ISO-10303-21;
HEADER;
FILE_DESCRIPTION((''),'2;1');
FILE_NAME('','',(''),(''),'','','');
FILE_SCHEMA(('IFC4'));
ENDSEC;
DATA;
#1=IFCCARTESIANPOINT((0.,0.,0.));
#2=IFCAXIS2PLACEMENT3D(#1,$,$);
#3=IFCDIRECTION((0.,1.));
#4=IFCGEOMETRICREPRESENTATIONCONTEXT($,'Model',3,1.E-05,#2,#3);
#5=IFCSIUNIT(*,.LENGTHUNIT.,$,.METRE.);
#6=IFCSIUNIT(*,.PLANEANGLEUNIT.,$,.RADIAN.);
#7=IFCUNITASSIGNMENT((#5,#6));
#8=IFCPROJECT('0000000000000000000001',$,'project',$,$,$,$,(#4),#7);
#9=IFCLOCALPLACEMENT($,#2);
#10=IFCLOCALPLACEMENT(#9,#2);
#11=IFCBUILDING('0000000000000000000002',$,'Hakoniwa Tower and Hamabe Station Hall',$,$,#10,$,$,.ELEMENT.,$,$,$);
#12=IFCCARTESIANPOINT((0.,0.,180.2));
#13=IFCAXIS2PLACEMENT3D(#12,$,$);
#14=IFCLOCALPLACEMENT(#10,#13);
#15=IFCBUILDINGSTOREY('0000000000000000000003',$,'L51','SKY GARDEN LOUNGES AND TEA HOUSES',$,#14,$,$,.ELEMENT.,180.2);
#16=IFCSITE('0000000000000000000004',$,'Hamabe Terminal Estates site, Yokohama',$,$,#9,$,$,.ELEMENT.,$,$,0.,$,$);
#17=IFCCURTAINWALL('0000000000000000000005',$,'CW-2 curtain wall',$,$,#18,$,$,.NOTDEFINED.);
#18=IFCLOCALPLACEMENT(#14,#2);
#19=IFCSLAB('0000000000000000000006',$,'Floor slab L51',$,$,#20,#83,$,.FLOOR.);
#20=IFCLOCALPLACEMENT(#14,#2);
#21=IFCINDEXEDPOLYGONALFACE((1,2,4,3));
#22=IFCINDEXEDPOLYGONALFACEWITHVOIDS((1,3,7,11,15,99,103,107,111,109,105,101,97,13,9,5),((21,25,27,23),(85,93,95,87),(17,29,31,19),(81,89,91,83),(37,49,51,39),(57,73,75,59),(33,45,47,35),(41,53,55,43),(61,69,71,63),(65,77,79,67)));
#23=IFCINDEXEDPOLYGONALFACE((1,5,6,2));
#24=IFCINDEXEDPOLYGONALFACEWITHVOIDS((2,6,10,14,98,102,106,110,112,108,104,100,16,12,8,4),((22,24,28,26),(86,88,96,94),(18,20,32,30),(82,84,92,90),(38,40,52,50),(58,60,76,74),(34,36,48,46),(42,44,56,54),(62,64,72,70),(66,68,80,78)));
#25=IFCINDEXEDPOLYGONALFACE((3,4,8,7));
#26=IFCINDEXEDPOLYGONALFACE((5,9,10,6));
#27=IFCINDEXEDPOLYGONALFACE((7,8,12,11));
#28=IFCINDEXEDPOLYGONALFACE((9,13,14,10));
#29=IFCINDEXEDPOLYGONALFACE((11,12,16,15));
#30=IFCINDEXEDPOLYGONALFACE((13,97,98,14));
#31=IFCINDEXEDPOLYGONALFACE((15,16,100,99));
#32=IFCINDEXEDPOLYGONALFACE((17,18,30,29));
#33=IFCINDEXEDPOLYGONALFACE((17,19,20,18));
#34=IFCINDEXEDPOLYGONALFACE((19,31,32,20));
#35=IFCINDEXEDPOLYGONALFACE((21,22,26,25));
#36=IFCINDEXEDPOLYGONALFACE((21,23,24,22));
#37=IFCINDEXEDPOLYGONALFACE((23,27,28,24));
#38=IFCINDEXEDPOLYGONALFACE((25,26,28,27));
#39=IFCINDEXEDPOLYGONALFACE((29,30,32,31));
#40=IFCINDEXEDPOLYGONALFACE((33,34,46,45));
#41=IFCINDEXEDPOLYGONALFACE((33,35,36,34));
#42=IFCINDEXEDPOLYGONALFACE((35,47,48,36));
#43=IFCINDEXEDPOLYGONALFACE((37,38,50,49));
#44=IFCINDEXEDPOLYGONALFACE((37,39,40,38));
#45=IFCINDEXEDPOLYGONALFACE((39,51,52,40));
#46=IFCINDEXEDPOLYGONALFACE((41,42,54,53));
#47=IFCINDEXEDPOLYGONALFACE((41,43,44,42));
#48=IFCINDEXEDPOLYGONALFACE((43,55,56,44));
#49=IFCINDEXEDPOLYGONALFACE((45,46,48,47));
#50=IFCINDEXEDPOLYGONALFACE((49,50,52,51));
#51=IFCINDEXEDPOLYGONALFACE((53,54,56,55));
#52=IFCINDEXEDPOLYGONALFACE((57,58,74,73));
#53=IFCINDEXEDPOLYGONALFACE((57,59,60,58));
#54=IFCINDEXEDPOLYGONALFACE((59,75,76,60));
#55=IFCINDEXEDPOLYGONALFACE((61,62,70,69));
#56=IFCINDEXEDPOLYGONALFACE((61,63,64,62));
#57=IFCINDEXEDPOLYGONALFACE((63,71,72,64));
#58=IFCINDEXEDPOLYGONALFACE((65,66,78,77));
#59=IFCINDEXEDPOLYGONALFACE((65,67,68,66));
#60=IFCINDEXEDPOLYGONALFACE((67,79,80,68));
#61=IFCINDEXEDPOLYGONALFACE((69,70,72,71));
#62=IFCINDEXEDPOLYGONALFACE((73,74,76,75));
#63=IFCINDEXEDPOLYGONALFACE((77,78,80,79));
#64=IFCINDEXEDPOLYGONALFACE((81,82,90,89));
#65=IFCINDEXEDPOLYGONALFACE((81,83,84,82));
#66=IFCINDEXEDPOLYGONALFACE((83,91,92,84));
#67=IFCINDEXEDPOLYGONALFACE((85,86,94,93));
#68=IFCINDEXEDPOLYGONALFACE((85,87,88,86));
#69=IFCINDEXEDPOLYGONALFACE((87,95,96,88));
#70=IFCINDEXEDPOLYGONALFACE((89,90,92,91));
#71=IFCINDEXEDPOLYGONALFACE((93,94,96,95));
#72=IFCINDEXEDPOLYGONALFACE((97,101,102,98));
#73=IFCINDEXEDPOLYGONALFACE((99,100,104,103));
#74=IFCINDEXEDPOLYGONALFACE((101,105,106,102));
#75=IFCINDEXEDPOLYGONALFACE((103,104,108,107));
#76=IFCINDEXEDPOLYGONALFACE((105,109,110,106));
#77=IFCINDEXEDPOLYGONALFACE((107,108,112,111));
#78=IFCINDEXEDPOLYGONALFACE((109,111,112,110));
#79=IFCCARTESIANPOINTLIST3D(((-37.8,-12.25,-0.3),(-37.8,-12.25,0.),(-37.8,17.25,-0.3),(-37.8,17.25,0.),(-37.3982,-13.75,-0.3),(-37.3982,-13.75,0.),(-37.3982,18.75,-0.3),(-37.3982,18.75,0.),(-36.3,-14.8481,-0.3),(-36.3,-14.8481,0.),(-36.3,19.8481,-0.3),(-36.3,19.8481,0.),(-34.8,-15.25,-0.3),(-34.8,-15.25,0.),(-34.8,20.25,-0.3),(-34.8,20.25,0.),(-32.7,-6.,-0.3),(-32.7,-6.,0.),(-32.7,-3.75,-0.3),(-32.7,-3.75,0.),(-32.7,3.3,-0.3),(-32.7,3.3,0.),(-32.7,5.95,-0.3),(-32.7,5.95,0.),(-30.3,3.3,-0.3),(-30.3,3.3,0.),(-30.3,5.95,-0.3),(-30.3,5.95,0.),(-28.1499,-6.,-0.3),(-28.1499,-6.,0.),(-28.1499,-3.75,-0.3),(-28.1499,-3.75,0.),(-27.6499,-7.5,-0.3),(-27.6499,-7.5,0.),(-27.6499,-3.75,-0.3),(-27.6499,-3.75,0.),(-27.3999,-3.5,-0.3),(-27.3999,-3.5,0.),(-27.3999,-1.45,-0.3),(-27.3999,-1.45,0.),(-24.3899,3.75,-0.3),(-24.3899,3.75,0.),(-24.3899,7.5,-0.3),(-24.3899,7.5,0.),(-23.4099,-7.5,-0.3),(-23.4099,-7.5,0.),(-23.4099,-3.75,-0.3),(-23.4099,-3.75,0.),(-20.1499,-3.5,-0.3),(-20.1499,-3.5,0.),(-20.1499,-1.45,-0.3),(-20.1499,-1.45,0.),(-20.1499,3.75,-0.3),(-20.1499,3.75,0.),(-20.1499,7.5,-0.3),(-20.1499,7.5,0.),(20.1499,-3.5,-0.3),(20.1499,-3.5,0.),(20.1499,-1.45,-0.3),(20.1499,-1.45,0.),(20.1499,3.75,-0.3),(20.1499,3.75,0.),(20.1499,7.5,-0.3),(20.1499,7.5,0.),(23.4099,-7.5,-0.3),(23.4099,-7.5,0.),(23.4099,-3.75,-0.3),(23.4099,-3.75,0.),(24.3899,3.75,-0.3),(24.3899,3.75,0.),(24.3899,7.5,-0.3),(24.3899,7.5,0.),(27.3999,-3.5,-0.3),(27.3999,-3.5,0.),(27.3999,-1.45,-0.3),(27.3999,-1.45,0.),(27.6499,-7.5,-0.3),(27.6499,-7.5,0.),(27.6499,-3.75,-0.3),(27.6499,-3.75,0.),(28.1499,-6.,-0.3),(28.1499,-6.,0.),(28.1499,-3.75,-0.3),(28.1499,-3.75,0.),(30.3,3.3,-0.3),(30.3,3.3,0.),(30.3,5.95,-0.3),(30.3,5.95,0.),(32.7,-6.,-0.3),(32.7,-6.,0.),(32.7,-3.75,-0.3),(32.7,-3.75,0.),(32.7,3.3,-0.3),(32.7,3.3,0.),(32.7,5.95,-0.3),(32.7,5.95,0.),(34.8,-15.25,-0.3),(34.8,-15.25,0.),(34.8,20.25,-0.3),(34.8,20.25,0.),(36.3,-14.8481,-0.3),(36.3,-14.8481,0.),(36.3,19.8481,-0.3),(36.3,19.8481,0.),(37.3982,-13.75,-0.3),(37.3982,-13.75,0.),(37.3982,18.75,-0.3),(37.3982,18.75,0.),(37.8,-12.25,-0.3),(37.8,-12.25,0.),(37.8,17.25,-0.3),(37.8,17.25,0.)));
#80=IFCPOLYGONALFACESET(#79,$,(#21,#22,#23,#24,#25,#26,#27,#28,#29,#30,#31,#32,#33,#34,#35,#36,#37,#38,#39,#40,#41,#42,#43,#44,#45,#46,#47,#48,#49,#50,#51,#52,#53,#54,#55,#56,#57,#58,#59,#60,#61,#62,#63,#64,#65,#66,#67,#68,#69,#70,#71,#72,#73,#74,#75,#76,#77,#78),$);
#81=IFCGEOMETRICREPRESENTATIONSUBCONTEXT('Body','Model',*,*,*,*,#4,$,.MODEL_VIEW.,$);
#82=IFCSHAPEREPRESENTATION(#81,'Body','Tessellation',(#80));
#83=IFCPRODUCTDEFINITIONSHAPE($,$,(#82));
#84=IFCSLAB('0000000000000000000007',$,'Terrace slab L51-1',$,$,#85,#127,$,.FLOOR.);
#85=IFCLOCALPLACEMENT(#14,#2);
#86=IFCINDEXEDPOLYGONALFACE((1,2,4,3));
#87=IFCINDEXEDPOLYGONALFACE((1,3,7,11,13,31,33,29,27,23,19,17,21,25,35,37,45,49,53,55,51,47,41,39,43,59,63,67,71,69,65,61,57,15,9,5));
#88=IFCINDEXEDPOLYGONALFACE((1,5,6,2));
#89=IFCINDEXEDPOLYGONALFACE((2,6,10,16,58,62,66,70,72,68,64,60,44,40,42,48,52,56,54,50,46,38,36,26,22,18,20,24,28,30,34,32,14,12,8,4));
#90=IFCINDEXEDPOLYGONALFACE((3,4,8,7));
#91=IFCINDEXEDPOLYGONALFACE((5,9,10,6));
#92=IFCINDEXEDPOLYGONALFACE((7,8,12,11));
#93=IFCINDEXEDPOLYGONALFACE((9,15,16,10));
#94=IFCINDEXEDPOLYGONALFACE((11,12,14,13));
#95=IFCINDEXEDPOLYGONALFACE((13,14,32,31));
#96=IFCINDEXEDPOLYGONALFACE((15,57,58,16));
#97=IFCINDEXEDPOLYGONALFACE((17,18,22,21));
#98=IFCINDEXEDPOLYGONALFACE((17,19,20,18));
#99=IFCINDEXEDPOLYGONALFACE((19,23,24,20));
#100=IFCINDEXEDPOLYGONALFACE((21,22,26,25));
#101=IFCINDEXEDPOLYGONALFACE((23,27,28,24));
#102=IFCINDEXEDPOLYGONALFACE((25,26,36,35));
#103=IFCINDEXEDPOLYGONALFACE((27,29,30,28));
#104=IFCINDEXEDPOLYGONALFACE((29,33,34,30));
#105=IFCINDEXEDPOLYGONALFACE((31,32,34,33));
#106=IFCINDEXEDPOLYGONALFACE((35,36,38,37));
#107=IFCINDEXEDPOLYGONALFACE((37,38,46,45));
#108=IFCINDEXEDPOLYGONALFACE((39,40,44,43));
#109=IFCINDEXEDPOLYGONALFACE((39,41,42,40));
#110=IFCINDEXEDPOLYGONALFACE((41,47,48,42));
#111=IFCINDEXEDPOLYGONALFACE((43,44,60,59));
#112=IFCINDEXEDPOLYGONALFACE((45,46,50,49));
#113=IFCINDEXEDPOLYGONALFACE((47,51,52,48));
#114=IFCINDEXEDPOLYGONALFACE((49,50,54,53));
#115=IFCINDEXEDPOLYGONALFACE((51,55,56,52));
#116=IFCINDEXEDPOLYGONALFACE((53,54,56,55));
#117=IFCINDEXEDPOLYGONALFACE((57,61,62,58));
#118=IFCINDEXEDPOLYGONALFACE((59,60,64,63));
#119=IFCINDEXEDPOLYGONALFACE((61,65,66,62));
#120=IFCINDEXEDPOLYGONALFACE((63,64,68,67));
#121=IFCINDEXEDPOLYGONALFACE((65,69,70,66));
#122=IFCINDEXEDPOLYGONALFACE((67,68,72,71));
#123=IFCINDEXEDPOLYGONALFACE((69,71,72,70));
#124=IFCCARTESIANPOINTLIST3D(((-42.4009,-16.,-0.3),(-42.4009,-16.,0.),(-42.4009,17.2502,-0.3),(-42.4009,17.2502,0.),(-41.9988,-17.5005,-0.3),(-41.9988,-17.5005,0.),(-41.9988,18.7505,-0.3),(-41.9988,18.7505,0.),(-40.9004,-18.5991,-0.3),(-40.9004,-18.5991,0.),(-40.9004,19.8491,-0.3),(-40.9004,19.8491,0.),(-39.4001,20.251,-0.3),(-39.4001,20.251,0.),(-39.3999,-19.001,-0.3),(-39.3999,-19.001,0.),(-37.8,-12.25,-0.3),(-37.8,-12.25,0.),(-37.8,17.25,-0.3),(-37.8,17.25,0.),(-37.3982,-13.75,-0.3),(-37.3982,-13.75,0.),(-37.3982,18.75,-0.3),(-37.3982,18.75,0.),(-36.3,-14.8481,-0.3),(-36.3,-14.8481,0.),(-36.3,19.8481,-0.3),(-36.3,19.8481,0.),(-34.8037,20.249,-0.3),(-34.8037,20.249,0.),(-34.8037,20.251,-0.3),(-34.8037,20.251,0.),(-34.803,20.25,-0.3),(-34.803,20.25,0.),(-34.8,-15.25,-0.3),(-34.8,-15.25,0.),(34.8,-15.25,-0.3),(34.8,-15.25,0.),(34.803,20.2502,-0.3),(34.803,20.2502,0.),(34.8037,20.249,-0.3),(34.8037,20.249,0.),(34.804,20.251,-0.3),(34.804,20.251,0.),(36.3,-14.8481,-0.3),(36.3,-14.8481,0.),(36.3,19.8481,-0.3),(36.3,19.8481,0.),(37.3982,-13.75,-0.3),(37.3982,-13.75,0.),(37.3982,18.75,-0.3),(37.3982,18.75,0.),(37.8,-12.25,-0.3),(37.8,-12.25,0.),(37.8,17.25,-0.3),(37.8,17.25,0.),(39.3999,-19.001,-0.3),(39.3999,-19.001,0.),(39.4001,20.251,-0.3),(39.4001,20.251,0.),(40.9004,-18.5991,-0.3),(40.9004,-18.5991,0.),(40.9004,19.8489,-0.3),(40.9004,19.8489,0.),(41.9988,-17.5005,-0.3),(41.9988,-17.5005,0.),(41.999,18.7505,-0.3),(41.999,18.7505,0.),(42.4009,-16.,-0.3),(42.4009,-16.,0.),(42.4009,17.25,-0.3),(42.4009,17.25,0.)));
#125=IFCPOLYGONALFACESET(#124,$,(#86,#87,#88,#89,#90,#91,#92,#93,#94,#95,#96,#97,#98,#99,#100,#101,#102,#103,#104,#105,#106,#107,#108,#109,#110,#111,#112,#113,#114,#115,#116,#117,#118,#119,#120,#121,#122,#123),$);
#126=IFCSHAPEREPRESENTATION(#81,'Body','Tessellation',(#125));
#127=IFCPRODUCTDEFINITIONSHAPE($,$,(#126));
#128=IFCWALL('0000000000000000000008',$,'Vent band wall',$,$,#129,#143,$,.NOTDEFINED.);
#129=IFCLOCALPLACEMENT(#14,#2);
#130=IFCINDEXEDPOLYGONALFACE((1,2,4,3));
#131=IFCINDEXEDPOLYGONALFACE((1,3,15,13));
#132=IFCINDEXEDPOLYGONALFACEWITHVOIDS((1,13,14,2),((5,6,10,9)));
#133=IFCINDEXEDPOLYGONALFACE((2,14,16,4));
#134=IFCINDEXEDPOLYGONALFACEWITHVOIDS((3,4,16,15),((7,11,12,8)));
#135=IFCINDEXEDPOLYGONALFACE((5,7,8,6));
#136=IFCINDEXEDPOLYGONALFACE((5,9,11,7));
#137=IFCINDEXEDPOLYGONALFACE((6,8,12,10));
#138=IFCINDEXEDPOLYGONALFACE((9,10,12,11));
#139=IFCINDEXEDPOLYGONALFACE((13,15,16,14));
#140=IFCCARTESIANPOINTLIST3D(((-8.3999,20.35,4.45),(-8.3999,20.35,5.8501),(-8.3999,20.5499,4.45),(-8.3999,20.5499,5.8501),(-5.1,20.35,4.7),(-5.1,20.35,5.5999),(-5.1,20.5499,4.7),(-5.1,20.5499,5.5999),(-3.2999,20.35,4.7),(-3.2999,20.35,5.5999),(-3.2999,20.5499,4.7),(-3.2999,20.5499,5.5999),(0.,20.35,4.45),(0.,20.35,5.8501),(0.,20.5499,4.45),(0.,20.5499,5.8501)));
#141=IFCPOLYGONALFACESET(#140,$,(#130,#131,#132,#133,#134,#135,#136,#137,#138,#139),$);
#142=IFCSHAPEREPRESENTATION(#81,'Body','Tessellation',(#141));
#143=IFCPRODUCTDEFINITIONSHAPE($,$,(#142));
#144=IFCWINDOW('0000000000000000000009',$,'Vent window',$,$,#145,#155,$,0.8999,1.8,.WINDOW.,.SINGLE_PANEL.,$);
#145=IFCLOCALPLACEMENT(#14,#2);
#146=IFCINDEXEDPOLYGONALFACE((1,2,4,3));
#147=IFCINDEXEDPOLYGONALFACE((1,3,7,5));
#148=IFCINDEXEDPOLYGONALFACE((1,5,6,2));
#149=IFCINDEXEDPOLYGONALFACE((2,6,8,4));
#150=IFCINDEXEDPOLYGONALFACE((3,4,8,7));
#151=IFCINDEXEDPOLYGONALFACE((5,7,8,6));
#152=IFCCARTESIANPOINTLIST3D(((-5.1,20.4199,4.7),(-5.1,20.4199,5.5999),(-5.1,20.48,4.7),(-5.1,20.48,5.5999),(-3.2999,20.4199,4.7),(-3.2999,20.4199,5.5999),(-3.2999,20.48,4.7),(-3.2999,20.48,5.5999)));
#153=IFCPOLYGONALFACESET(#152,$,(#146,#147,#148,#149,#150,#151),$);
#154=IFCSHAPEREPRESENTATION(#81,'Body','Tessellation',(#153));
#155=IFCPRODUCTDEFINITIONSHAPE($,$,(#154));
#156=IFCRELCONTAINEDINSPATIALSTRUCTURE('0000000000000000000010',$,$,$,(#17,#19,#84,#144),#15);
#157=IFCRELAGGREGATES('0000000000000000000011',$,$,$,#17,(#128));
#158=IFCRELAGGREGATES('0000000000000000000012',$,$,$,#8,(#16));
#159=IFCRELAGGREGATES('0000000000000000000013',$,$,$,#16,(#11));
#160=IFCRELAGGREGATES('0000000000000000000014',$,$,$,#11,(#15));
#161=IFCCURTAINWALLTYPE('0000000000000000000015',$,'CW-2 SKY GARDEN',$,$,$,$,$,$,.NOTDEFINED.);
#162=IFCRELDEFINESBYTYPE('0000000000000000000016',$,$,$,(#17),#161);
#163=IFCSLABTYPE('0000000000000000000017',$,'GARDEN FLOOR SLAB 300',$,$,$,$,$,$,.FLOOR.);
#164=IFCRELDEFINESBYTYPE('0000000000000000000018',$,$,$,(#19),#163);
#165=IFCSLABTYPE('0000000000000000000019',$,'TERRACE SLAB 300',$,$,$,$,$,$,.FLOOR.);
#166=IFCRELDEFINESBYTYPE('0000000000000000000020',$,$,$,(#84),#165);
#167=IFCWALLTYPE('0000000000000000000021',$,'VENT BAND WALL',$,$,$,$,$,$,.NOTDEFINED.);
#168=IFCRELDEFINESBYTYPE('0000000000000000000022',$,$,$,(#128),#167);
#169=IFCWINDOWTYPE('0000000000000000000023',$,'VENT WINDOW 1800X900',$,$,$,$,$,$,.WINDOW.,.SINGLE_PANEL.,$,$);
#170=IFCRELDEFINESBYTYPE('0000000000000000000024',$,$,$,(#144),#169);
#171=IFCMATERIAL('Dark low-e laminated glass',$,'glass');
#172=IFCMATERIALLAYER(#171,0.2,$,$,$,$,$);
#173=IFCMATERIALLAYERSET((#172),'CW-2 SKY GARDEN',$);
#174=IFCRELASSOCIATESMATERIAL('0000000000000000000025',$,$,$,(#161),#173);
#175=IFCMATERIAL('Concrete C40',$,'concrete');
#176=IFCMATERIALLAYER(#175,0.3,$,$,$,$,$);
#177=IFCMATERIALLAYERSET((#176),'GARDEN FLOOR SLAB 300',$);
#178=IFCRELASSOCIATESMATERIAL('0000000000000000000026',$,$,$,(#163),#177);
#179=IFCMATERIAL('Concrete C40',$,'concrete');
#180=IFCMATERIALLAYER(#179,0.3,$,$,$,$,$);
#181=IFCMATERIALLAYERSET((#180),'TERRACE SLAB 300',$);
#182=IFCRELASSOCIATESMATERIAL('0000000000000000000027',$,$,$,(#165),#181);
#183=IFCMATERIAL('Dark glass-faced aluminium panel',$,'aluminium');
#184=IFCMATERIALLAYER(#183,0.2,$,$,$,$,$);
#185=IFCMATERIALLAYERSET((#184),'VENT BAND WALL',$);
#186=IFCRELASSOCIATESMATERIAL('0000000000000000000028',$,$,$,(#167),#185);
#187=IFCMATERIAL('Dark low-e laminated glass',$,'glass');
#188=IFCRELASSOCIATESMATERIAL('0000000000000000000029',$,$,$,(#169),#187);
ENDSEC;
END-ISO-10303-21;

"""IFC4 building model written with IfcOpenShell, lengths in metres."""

from ifc_helpers import new_model, si_unit, direction, frame, frame_2d, origin, place, context, subcontext, project, spatial, polyline, rectangle, outline, extrude, material, layer, layer_set, type_object, element, fill, aggregate, save


model = new_model("IFC4")

# Units and contexts
model_context = context("Model", 3, precision=1e-05, world=origin(), true_north=direction((0.0, 1.0)))
body_context = subcontext(model_context, "Body", "Model", "MODEL_VIEW")
ifc_project = project(units=[si_unit("LENGTHUNIT", "METRE"), si_unit("PLANEANGLEUNIT", "RADIAN")], contexts=[model_context])

# Site, building, storey
site_placement = place(None, origin())
site = spatial("IfcSite", under=ifc_project, at=site_placement, Name="Hamabe Terminal Estates site, Yokohama", CompositionType="ELEMENT", RefElevation=0.0)
building_placement = place(site_placement, origin())
building = spatial("IfcBuilding", under=site, at=building_placement, Name="Hakoniwa Tower and Hamabe Station Hall", CompositionType="ELEMENT")
storey_placement = place(building_placement, frame((0.0, 0.0, 180.2)))
storey = spatial("IfcBuildingStorey", under=building, at=storey_placement, Name="L51", Description="SKY GARDEN LOUNGES AND TEA HOUSES", CompositionType="ELEMENT", Elevation=180.2)

# Curtain wall
ifc_material_1 = material(Name="Dark low-e laminated glass", Category="glass")
ifc_layer_1 = layer(ifc_material_1, 0.2)
ifc_layer_set_1 = layer_set([ifc_layer_1], Name="CW-2 SKY GARDEN")
curtain_wall_type = type_object("IfcCurtainWallType", Name="CW-2 SKY GARDEN", PredefinedType="NOTDEFINED", material=ifc_layer_set_1)
curtain_wall_1_placement = place(storey_placement, origin())
curtain_wall_1 = element("IfcCurtainWall", 1, at=curtain_wall_1_placement, inside=storey, type_object=curtain_wall_type, Name="CW-2 curtain wall", PredefinedType="NOTDEFINED")

# Slabs
ifc_material_2 = material(Name="Concrete C40", Category="concrete")
ifc_layer_2 = layer(ifc_material_2, 0.3)
ifc_layer_set_2 = layer_set([ifc_layer_2], Name="GARDEN FLOOR SLAB 300")
slab_type_1 = type_object("IfcSlabType", Name="GARDEN FLOOR SLAB 300", PredefinedType="FLOOR", material=ifc_layer_set_2)
slab_1_placement = place(storey_placement, frame((0.0, 0.0, -0.3)))
element("IfcSlab", 2, at=slab_1_placement, inside=storey, type_object=slab_type_1, Name="Floor slab L51", PredefinedType="FLOOR", context=body_context, shape_type="SweptSolid", body=[
    extrude(outline(polyline([(37.8, -12.25), (37.8, 17.25), (37.3982, 18.75), (36.3, 19.8481), (34.8, 20.25), (-34.8, 20.25), (-36.3, 19.8481), (-37.3982, 18.75), (-37.8, 17.25), (-37.8, -12.25), (-37.3982, -13.75), (-36.3, -14.8481), (-34.8, -15.25), (34.8, -15.25), (36.3, -14.8481), (37.3982, -13.75), (37.8, -12.25)]), holes=[polyline([(-27.3999, -3.5), (-27.3999, -1.45), (-20.1499, -1.45), (-20.1499, -3.5), (-27.3999, -3.5)]), polyline([(-32.7, 3.3), (-32.7, 5.95), (-30.3, 5.95), (-30.3, 3.3), (-32.7, 3.3)]), polyline([(-32.7, -6.0), (-32.7, -3.75), (-28.1499, -3.75), (-28.1499, -6.0), (-32.7, -6.0)]), polyline([(-24.3899, 3.75), (-24.3899, 7.5), (-20.1499, 7.5), (-20.1499, 3.75), (-24.3899, 3.75)]), polyline([(-27.6499, -7.5), (-27.6499, -3.75), (-23.4099, -3.75), (-23.4099, -7.5), (-27.6499, -7.5)]), polyline([(20.1499, -3.5), (20.1499, -1.45), (27.3999, -1.45), (27.3999, -3.5), (20.1499, -3.5)]), polyline([(30.3, 3.3), (30.3, 5.95), (32.7, 5.95), (32.7, 3.3), (30.3, 3.3)]), polyline([(28.1499, -6.0), (28.1499, -3.75), (32.7, -3.75), (32.7, -6.0), (28.1499, -6.0)]), polyline([(20.1499, 3.75), (20.1499, 7.5), (24.3899, 7.5), (24.3899, 3.75), (20.1499, 3.75)]), polyline([(23.4099, -7.5), (23.4099, -3.75), (27.6499, -3.75), (27.6499, -7.5), (23.4099, -7.5)])]), origin(), (0.0, 0.0, 1.0), 0.3),
])
ifc_material_3 = material(Name="Concrete C40", Category="concrete")
ifc_layer_3 = layer(ifc_material_3, 0.3)
ifc_layer_set_3 = layer_set([ifc_layer_3], Name="TERRACE SLAB 300")
slab_type_2 = type_object("IfcSlabType", Name="TERRACE SLAB 300", PredefinedType="FLOOR", material=ifc_layer_set_3)
slab_2_placement = place(storey_placement, frame((0.0, 0.0, -0.3)))
element("IfcSlab", 3, at=slab_2_placement, inside=storey, type_object=slab_type_2, Name="Terrace slab L51-1", PredefinedType="FLOOR", context=body_context, shape_type="SweptSolid", body=[
    extrude(outline(polyline([(-37.3982, -13.75), (-37.8, -12.25), (-37.8, 17.25), (-37.3982, 18.75), (-36.3, 19.8481), (-34.8037, 20.249), (-34.803, 20.25), (-34.8037, 20.251), (-39.4001, 20.251), (-40.9004, 19.8491), (-41.9988, 18.7505), (-42.4009, 17.2502), (-42.4009, -16.0), (-41.9988, -17.5005), (-40.9004, -18.5991), (-39.3999, -19.001), (39.3999, -19.001), (40.9004, -18.5991), (41.9988, -17.5005), (42.4009, -16.0), (42.4009, 17.25), (41.999, 18.7505), (40.9004, 19.8489), (39.4001, 20.251), (34.804, 20.251), (34.803, 20.2502), (34.8037, 20.249), (36.3, 19.8481), (37.3982, 18.75), (37.8, 17.25), (37.8, -12.25), (37.3982, -13.75), (36.3, -14.8481), (34.8, -15.25), (-34.8, -15.25), (-36.3, -14.8481), (-37.3982, -13.75)])), origin(), (0.0, 0.0, 1.0), 0.3),
])

# Wall, opening, window
ifc_material_4 = material(Name="Dark glass-faced aluminium panel", Category="aluminium")
ifc_layer_4 = layer(ifc_material_4, 0.2)
ifc_layer_set_4 = layer_set([ifc_layer_4], Name="VENT BAND WALL")
wall_type = type_object("IfcWallType", Name="VENT BAND WALL", PredefinedType="NOTDEFINED", material=ifc_layer_set_4)
wall_1_placement = place(storey_placement, frame((0.0, 20.45, 4.45), z_axis=(0.0, 0.0, 1.0), x_axis=(-1.0, 0.0, 0.0)))
wall_1 = element("IfcWall", 4, at=wall_1_placement, type_object=wall_type, Name="Vent band wall", PredefinedType="NOTDEFINED", context=body_context, shape_type="SweptSolid", body=[
    extrude(rectangle(XDim=8.3999, YDim=0.2, at=frame_2d((4.2, 0.0))), origin(), (0.0, 0.0, 1.0), 1.4001),
])
opening_1_placement = place(wall_1_placement, frame((3.3, 0.0, 0.25)))
opening_1 = element("IfcOpeningElement", 5, at=opening_1_placement, cuts=wall_1, PredefinedType="OPENING", context=body_context, shape_type="SweptSolid", body=[
    extrude(rectangle(XDim=1.8, YDim=0.8999, at=frame_2d((0.8999, 0.45))), frame((0.0, 0.1099, 0.0), z_axis=(0.0, -1.0, 0.0), x_axis=(1.0, 0.0, 0.0)), (0.0, 0.0, 1.0), 0.22),
])
ifc_material_5 = material(Name="Dark low-e laminated glass", Category="glass")
window_type = type_object("IfcWindowType", Name="VENT WINDOW 1800X900", PartitioningType="SINGLE_PANEL", PredefinedType="WINDOW", material=ifc_material_5)
window_1_placement = place(opening_1_placement, origin())
window_1 = element("IfcWindow", 6, at=window_1_placement, inside=storey, type_object=window_type, Name="Vent window", OverallHeight=0.8999, OverallWidth=1.8, PartitioningType="SINGLE_PANEL", PredefinedType="WINDOW", context=body_context, shape_type="SweptSolid", body=[
    extrude(rectangle(XDim=1.8, YDim=0.8999, at=frame_2d((0.8999, 0.45))), frame((0.0, 0.03, 0.0), z_axis=(0.0, -1.0, 0.0), x_axis=(1.0, 0.0, 0.0)), (0.0, 0.0, 1.0), 0.0601),
])
fill(opening_1, window_1)
aggregate(curtain_wall_1, [wall_1])

save(model, "model.ifc")
